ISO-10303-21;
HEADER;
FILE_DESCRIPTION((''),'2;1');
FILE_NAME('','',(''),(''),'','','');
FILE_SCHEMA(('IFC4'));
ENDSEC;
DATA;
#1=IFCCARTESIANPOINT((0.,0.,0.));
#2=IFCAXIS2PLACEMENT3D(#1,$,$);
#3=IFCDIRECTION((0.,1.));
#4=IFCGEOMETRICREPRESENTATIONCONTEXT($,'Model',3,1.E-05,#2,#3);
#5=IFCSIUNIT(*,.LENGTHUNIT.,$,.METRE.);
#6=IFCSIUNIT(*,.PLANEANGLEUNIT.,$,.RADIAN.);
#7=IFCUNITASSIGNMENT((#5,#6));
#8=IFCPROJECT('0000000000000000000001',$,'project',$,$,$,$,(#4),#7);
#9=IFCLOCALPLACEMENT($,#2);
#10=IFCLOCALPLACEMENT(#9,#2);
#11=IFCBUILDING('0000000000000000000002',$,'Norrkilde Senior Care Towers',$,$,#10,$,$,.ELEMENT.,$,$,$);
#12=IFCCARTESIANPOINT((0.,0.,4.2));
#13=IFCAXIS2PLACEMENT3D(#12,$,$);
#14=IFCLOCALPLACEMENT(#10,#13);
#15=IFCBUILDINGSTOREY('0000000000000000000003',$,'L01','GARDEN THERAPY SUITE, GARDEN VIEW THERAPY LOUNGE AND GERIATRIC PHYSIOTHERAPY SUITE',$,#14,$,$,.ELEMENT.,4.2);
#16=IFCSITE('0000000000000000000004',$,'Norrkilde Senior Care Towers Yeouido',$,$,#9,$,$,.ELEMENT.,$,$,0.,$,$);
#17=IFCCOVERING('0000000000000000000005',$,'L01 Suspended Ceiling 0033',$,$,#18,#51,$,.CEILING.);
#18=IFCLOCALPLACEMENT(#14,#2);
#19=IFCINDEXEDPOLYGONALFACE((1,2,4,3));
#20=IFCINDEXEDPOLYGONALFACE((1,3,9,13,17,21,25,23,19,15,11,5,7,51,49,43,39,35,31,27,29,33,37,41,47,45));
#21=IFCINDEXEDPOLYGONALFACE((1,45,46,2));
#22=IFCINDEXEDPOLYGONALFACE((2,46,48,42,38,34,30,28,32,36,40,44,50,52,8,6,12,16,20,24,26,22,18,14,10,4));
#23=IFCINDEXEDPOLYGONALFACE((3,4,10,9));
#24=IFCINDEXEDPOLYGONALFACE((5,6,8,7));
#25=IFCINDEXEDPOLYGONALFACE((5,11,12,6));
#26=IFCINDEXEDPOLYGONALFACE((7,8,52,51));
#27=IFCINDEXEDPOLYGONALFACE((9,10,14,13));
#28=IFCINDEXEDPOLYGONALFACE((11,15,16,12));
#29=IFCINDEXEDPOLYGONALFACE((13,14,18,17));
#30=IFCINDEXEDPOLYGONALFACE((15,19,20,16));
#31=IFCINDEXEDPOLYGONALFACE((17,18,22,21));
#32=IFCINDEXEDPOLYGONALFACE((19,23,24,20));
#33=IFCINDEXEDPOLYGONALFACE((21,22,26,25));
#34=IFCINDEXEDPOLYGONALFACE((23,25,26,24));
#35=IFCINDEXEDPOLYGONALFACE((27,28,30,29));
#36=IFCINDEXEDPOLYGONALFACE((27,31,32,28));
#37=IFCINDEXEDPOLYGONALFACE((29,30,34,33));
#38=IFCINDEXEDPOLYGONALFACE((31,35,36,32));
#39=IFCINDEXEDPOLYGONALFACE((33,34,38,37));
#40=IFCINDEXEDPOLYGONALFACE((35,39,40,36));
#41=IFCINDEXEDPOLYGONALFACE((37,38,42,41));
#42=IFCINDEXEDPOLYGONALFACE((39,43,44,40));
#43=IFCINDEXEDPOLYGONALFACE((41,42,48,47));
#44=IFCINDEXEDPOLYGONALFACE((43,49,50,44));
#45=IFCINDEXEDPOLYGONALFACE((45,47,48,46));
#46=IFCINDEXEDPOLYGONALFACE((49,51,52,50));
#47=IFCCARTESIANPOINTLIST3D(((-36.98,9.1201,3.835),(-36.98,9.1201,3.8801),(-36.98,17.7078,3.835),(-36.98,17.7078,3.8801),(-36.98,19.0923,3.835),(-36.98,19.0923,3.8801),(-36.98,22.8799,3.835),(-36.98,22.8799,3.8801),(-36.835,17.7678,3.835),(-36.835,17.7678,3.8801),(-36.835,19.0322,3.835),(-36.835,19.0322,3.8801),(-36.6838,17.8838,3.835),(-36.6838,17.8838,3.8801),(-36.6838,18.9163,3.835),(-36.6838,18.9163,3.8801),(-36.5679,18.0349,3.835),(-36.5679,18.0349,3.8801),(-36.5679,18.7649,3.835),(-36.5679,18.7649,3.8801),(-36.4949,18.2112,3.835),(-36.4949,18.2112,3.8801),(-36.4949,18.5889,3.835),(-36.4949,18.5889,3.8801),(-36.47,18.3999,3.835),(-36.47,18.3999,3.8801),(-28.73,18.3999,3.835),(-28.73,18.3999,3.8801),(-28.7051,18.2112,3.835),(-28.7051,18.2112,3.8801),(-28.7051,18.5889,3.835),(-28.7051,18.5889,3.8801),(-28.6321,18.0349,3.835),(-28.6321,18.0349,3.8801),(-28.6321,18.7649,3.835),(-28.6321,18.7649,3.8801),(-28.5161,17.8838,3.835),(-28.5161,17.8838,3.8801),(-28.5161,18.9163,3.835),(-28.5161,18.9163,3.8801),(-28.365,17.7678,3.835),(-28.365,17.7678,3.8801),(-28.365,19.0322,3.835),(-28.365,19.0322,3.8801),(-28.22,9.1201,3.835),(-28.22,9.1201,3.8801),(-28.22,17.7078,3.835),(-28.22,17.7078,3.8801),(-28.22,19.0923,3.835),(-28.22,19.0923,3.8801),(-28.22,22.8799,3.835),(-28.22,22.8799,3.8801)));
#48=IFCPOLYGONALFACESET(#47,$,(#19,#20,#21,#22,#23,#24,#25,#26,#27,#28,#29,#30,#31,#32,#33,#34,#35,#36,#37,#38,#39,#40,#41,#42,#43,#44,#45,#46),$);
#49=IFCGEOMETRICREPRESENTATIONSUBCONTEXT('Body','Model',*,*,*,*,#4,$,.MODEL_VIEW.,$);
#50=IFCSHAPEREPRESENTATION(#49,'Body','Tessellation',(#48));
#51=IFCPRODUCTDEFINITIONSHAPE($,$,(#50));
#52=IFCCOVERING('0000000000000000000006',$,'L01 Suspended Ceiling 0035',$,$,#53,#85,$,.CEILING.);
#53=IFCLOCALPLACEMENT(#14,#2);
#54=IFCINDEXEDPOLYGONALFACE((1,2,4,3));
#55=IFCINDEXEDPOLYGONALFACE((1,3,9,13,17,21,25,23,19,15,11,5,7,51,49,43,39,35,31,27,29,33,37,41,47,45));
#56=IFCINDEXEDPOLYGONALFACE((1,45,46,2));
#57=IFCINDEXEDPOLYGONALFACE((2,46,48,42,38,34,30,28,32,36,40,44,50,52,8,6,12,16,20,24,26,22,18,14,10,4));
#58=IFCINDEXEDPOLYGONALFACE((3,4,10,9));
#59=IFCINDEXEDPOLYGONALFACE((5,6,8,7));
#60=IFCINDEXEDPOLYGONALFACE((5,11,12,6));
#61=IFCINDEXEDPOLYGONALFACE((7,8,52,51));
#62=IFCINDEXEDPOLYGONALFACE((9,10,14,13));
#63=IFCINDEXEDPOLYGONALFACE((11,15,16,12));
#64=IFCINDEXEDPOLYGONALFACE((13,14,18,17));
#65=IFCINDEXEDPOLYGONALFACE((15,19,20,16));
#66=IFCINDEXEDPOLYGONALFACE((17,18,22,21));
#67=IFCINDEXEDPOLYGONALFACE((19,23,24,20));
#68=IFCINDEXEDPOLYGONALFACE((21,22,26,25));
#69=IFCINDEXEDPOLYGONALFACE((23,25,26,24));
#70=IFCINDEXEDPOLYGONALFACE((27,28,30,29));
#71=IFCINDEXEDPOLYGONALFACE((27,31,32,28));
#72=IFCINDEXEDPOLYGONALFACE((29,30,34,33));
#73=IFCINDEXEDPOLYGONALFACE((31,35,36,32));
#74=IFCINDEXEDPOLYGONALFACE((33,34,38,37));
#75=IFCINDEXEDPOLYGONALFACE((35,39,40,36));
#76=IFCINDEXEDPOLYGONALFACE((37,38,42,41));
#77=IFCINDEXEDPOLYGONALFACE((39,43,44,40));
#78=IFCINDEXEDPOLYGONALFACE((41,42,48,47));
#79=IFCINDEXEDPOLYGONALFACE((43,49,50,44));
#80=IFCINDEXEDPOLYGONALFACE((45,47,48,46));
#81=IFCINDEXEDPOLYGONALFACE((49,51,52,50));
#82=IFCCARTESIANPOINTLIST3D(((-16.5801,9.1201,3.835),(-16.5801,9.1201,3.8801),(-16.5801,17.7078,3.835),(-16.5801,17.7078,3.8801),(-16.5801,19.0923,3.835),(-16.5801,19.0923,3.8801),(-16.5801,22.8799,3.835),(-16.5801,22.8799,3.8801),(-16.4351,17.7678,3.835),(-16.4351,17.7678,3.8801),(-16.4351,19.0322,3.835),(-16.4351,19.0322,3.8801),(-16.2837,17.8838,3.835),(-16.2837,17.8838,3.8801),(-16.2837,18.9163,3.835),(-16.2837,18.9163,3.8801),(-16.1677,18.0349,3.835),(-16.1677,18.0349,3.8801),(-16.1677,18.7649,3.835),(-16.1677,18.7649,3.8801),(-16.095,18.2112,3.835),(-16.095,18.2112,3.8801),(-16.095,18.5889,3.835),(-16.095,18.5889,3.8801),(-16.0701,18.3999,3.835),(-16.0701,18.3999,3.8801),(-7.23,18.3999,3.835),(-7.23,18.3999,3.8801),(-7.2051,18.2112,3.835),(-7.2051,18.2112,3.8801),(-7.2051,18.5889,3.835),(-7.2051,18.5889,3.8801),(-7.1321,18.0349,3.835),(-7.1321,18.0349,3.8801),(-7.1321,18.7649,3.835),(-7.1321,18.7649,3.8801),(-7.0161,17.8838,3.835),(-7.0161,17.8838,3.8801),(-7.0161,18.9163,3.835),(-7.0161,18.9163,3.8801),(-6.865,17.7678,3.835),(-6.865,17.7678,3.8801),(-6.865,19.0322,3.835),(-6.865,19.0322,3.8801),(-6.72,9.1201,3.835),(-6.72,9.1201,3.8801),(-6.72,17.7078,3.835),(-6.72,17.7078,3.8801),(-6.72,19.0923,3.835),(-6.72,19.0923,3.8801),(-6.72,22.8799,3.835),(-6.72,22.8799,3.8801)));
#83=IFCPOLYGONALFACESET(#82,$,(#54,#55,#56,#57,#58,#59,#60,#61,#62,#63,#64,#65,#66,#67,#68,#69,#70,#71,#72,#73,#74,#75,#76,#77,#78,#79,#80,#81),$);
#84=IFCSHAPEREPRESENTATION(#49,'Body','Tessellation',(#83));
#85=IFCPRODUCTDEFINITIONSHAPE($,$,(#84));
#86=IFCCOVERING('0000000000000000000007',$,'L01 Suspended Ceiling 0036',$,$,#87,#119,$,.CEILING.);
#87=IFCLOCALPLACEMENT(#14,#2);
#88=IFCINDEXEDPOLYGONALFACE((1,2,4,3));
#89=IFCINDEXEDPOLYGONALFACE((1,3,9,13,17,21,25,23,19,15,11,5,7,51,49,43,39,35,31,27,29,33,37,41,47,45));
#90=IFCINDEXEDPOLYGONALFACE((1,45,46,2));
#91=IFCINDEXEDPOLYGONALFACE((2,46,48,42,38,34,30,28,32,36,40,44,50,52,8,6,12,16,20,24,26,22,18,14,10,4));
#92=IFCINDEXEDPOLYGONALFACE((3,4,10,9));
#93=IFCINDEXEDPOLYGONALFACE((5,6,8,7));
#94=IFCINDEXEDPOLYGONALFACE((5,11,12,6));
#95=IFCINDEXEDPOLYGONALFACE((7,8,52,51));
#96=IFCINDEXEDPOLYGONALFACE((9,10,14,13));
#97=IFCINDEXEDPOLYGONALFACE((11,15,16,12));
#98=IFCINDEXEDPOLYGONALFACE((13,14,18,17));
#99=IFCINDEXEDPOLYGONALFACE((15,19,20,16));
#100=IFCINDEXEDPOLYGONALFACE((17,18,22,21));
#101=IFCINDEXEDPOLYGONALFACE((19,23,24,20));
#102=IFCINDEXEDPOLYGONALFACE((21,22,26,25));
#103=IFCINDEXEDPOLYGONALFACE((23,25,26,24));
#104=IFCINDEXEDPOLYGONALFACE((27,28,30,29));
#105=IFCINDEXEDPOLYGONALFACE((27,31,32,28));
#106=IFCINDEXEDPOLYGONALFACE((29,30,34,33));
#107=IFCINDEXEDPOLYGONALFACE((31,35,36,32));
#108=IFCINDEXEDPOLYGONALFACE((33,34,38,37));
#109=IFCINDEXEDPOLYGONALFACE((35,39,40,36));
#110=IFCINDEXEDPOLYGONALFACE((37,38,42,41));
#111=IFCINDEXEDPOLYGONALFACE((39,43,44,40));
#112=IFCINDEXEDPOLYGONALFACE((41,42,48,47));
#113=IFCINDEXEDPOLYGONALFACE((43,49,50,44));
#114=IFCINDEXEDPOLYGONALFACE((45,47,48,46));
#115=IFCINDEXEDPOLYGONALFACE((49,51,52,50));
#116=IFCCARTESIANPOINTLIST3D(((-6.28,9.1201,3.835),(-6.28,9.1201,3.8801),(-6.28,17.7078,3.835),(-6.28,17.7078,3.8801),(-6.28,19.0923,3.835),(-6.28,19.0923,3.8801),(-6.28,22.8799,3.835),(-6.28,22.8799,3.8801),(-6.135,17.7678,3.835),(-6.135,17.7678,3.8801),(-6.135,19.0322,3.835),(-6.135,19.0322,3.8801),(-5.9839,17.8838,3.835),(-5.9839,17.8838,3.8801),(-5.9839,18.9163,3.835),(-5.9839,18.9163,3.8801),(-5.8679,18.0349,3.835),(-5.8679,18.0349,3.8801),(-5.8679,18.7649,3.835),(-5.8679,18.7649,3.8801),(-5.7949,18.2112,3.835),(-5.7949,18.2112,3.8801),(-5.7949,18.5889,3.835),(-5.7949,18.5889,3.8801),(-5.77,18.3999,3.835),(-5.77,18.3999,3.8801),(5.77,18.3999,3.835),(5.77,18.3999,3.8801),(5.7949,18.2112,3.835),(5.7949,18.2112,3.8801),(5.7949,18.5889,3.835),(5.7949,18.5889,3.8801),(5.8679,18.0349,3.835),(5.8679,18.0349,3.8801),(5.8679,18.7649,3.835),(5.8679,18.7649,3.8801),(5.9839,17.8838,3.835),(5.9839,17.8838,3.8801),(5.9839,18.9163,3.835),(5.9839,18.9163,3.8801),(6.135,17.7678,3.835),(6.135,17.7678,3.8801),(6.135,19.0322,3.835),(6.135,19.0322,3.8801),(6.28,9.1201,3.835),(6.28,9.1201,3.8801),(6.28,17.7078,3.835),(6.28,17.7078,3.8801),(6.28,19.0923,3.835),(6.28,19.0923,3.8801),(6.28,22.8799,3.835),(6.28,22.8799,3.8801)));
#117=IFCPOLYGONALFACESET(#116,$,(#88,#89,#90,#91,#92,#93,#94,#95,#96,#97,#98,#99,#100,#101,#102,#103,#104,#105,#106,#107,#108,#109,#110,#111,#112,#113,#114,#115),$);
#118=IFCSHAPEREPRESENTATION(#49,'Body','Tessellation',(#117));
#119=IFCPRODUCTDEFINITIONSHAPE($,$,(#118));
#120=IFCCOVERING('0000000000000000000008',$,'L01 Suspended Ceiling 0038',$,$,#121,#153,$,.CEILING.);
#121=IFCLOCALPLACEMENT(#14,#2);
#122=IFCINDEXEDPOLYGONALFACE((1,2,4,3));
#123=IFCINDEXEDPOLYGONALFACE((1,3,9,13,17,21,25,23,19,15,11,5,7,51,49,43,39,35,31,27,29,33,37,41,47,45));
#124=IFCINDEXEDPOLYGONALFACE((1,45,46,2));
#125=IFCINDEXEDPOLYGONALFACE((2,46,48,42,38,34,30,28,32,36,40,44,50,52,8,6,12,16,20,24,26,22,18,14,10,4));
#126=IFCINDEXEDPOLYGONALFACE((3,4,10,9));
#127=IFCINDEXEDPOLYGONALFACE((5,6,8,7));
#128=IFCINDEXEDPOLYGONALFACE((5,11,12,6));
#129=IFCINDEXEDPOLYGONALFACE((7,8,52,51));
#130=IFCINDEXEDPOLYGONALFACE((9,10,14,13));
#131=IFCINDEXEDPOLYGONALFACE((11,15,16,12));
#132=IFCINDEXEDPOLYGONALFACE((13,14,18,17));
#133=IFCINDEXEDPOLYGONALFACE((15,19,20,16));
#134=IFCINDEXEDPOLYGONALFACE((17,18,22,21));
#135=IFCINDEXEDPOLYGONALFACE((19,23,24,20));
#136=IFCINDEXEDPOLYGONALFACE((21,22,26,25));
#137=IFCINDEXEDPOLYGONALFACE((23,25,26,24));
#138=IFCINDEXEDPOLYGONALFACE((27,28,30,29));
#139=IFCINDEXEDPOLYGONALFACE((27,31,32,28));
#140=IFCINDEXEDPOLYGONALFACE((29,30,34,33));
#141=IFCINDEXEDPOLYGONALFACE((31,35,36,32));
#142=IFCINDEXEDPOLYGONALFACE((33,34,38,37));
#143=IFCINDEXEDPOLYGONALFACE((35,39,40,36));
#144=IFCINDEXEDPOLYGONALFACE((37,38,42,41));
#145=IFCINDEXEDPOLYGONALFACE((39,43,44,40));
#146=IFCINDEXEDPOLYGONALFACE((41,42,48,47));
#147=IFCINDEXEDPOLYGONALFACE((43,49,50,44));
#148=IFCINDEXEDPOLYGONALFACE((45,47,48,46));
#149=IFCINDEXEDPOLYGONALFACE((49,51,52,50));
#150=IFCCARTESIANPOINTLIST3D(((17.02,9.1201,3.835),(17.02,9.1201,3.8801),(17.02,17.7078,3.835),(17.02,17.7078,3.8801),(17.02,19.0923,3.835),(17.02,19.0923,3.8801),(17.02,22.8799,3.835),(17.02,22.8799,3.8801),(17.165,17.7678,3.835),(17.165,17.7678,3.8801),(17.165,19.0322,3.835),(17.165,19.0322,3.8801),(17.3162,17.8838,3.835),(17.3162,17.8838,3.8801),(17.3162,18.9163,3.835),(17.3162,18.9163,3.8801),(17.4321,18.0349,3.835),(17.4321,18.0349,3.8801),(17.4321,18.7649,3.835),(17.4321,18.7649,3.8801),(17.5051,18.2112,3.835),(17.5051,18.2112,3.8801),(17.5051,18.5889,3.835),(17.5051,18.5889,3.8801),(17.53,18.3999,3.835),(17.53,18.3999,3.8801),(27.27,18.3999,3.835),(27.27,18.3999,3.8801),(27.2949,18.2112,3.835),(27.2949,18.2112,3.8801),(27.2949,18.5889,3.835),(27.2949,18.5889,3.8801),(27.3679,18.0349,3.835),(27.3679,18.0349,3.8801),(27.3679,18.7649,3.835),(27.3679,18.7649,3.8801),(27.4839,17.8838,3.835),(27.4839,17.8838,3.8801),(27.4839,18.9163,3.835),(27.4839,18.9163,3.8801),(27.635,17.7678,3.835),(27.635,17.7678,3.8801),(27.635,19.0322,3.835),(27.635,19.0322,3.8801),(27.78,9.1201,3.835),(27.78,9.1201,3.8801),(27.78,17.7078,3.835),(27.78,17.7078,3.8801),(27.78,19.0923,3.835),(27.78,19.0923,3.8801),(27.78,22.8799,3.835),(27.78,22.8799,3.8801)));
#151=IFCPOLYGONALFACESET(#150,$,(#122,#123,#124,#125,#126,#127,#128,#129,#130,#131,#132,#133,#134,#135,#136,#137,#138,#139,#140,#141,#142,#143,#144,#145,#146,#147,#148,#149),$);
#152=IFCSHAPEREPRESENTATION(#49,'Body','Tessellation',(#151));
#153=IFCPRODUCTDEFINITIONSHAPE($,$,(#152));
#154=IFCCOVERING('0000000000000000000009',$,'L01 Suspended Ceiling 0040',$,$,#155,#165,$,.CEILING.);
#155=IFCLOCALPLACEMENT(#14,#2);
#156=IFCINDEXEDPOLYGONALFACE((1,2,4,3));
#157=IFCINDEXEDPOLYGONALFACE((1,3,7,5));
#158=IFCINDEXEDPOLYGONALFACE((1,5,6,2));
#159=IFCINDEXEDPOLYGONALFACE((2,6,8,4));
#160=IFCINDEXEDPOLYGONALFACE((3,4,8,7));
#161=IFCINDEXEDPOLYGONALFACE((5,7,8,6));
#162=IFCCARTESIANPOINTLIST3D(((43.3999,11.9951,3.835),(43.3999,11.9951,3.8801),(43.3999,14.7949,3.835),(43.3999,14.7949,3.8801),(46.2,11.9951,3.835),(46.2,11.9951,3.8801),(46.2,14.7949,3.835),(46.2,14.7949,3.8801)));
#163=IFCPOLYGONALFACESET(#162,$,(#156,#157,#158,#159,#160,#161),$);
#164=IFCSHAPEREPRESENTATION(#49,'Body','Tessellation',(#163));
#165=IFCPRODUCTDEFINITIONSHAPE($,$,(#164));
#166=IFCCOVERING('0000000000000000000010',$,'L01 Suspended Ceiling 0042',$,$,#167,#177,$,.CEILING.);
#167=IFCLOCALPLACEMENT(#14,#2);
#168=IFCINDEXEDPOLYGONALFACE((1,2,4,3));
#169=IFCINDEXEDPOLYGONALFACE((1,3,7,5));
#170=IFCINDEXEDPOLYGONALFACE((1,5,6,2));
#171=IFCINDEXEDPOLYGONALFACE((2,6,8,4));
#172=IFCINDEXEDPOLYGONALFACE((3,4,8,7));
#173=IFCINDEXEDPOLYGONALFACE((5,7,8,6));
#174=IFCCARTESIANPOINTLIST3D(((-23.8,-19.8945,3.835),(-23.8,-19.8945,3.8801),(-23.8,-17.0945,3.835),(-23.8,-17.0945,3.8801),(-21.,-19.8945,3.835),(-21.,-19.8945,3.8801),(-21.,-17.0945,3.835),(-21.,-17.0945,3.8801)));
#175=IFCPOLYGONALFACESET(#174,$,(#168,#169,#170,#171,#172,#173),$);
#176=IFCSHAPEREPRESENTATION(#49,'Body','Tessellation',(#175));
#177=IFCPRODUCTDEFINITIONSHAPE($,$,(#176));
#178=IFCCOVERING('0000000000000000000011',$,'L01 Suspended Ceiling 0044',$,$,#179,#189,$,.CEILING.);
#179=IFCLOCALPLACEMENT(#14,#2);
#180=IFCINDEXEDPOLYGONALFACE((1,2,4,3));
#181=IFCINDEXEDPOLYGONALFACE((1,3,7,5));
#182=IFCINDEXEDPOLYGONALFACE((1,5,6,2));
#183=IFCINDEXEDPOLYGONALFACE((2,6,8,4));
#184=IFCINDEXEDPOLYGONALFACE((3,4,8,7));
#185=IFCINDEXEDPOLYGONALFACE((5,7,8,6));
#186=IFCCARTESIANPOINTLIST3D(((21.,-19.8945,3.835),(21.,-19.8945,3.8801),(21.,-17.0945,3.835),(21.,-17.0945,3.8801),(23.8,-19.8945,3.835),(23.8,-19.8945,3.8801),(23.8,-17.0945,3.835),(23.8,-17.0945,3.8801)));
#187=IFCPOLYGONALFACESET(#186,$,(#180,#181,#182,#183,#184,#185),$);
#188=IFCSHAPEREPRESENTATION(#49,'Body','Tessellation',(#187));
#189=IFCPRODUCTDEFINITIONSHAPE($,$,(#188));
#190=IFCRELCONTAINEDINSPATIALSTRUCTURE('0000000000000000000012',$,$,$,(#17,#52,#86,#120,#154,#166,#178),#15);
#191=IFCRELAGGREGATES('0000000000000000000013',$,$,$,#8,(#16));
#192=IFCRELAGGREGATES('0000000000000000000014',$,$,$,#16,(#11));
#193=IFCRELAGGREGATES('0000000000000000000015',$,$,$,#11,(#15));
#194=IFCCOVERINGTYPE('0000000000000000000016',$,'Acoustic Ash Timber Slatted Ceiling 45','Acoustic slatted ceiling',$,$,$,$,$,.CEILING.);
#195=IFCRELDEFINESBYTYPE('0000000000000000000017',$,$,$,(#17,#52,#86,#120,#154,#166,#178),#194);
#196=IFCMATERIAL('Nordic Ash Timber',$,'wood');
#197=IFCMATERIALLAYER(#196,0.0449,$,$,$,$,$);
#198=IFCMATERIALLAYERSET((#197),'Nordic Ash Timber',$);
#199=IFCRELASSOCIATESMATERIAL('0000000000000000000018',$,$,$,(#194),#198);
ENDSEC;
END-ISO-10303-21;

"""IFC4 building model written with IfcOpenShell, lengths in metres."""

from ifc_helpers import new_model, si_unit, direction, frame, origin, place, context, subcontext, project, spatial, polyline, outline, extrude, material, layer, layer_set, type_object, element, save


model = new_model("IFC4")

# Units and contexts
model_context = context("Model", 3, precision=1e-05, world=origin(), true_north=direction((0.0, 1.0)))
body_context = subcontext(model_context, "Body", "Model", "MODEL_VIEW")
ifc_project = project(units=[si_unit("LENGTHUNIT", "METRE"), si_unit("PLANEANGLEUNIT", "RADIAN")], contexts=[model_context])

# Site, building, storey
site_placement = place(None, origin())
site = spatial("IfcSite", under=ifc_project, at=site_placement, Name="Norrkilde Senior Care Towers Yeouido", CompositionType="ELEMENT", RefElevation=0.0)
building_placement = place(site_placement, origin())
building = spatial("IfcBuilding", under=site, at=building_placement, Name="Norrkilde Senior Care Towers", CompositionType="ELEMENT")
storey_placement = place(building_placement, frame((0.0, 0.0, 4.2)))
storey = spatial("IfcBuildingStorey", under=building, at=storey_placement, Name="L01", Description="GARDEN THERAPY SUITE, GARDEN VIEW THERAPY LOUNGE AND GERIATRIC PHYSIOTHERAPY SUITE", CompositionType="ELEMENT", Elevation=4.2)

# Coverings
ifc_material_1 = material(Name="Nordic Ash Timber", Category="wood")
ifc_layer_1 = layer(ifc_material_1, 0.0449)
ifc_layer_set_1 = layer_set([ifc_layer_1], Name="Nordic Ash Timber")
covering_type_1 = type_object("IfcCoveringType", Name="Acoustic Ash Timber Slatted Ceiling 45", Description="Acoustic slatted ceiling", PredefinedType="CEILING", material=ifc_layer_set_1)
covering_1_placement = place(storey_placement, frame((0.0, 0.0, 3.835)))
element("IfcCovering", 1, at=covering_1_placement, inside=storey, type_object=covering_type_1, Name="L01 Suspended Ceiling 0033", PredefinedType="CEILING", context=body_context, shape_type="SweptSolid", body=[
    extrude(outline(polyline([(-36.98, 9.1201), (-36.98, 17.7078), (-36.835, 17.7678), (-36.6838, 17.8838), (-36.5679, 18.0349), (-36.4949, 18.2112), (-36.47, 18.3999), (-36.4949, 18.5889), (-36.5679, 18.7649), (-36.6838, 18.9163), (-36.835, 19.0322), (-36.98, 19.0923), (-36.98, 22.8799), (-28.22, 22.8799), (-28.22, 19.0923), (-28.365, 19.0322), (-28.5161, 18.9163), (-28.6321, 18.7649), (-28.7051, 18.5889), (-28.73, 18.3999), (-28.7051, 18.2112), (-28.6321, 18.0349), (-28.5161, 17.8838), (-28.365, 17.7678), (-28.22, 17.7078), (-28.22, 9.1201), (-36.98, 9.1201)])), origin(), (0.0, 0.0, 1.0), 0.0452),
])
covering_2_placement = place(storey_placement, frame((0.0, 0.0, 3.835)))
element("IfcCovering", 2, at=covering_2_placement, inside=storey, type_object=covering_type_1, Name="L01 Suspended Ceiling 0035", PredefinedType="CEILING", context=body_context, shape_type="SweptSolid", body=[
    extrude(outline(polyline([(-16.5801, 9.1201), (-16.5801, 17.7078), (-16.4351, 17.7678), (-16.2837, 17.8838), (-16.1677, 18.0349), (-16.095, 18.2112), (-16.0701, 18.3999), (-16.095, 18.5889), (-16.1677, 18.7649), (-16.2837, 18.9163), (-16.4351, 19.0322), (-16.5801, 19.0923), (-16.5801, 22.8799), (-6.72, 22.8799), (-6.72, 19.0923), (-6.865, 19.0322), (-7.0161, 18.9163), (-7.1321, 18.7649), (-7.2051, 18.5889), (-7.23, 18.3999), (-7.2051, 18.2112), (-7.1321, 18.0349), (-7.0161, 17.8838), (-6.865, 17.7678), (-6.72, 17.7078), (-6.72, 9.1201), (-16.5801, 9.1201)])), origin(), (0.0, 0.0, 1.0), 0.0452),
])
covering_3_placement = place(storey_placement, frame((0.0, 0.0, 3.835)))
element("IfcCovering", 3, at=covering_3_placement, inside=storey, type_object=covering_type_1, Name="L01 Suspended Ceiling 0036", PredefinedType="CEILING", context=body_context, shape_type="SweptSolid", body=[
    extrude(outline(polyline([(-6.28, 9.1201), (-6.28, 17.7078), (-6.135, 17.7678), (-5.9839, 17.8838), (-5.8679, 18.0349), (-5.7949, 18.2112), (-5.77, 18.3999), (-5.7949, 18.5889), (-5.8679, 18.7649), (-5.9839, 18.9163), (-6.135, 19.0322), (-6.28, 19.0923), (-6.28, 22.8799), (6.28, 22.8799), (6.28, 19.0923), (6.135, 19.0322), (5.9839, 18.9163), (5.8679, 18.7649), (5.7949, 18.5889), (5.77, 18.3999), (5.7949, 18.2112), (5.8679, 18.0349), (5.9839, 17.8838), (6.135, 17.7678), (6.28, 17.7078), (6.28, 9.1201), (-6.28, 9.1201)])), origin(), (0.0, 0.0, 1.0), 0.0452),
])
covering_4_placement = place(storey_placement, frame((0.0, 0.0, 3.835)))
element("IfcCovering", 4, at=covering_4_placement, inside=storey, type_object=covering_type_1, Name="L01 Suspended Ceiling 0038", PredefinedType="CEILING", context=body_context, shape_type="SweptSolid", body=[
    extrude(outline(polyline([(17.02, 9.1201), (17.02, 17.7078), (17.165, 17.7678), (17.3162, 17.8838), (17.4321, 18.0349), (17.5051, 18.2112), (17.53, 18.3999), (17.5051, 18.5889), (17.4321, 18.7649), (17.3162, 18.9163), (17.165, 19.0322), (17.02, 19.0923), (17.02, 22.8799), (27.78, 22.8799), (27.78, 19.0923), (27.635, 19.0322), (27.4839, 18.9163), (27.3679, 18.7649), (27.2949, 18.5889), (27.27, 18.3999), (27.2949, 18.2112), (27.3679, 18.0349), (27.4839, 17.8838), (27.635, 17.7678), (27.78, 17.7078), (27.78, 9.1201), (17.02, 9.1201)])), origin(), (0.0, 0.0, 1.0), 0.0452),
])
covering_5_placement = place(storey_placement, frame((0.0, 0.0, 3.835)))
element("IfcCovering", 5, at=covering_5_placement, inside=storey, type_object=covering_type_1, Name="L01 Suspended Ceiling 0040", PredefinedType="CEILING", context=body_context, shape_type="SweptSolid", body=[
    extrude(outline(polyline([(43.3999, 11.9951), (43.3999, 14.7949), (46.2, 14.7949), (46.2, 11.9951), (43.3999, 11.9951)])), origin(), (0.0, 0.0, 1.0), 0.0452),
])
covering_6_placement = place(storey_placement, frame((0.0, 0.0, 3.835)))
element("IfcCovering", 6, at=covering_6_placement, inside=storey, type_object=covering_type_1, Name="L01 Suspended Ceiling 0042", PredefinedType="CEILING", context=body_context, shape_type="SweptSolid", body=[
    extrude(outline(polyline([(-23.8, -19.8945), (-23.8, -17.0945), (-21.0, -17.0945), (-21.0, -19.8945), (-23.8, -19.8945)])), origin(), (0.0, 0.0, 1.0), 0.0452),
])
covering_7_placement = place(storey_placement, frame((0.0, 0.0, 3.835)))
element("IfcCovering", 7, at=covering_7_placement, inside=storey, type_object=covering_type_1, Name="L01 Suspended Ceiling 0044", PredefinedType="CEILING", context=body_context, shape_type="SweptSolid", body=[
    extrude(outline(polyline([(21.0, -19.8945), (21.0, -17.0945), (23.8, -17.0945), (23.8, -19.8945), (21.0, -19.8945)])), origin(), (0.0, 0.0, 1.0), 0.0452),
])

save(model, "model.ifc")
